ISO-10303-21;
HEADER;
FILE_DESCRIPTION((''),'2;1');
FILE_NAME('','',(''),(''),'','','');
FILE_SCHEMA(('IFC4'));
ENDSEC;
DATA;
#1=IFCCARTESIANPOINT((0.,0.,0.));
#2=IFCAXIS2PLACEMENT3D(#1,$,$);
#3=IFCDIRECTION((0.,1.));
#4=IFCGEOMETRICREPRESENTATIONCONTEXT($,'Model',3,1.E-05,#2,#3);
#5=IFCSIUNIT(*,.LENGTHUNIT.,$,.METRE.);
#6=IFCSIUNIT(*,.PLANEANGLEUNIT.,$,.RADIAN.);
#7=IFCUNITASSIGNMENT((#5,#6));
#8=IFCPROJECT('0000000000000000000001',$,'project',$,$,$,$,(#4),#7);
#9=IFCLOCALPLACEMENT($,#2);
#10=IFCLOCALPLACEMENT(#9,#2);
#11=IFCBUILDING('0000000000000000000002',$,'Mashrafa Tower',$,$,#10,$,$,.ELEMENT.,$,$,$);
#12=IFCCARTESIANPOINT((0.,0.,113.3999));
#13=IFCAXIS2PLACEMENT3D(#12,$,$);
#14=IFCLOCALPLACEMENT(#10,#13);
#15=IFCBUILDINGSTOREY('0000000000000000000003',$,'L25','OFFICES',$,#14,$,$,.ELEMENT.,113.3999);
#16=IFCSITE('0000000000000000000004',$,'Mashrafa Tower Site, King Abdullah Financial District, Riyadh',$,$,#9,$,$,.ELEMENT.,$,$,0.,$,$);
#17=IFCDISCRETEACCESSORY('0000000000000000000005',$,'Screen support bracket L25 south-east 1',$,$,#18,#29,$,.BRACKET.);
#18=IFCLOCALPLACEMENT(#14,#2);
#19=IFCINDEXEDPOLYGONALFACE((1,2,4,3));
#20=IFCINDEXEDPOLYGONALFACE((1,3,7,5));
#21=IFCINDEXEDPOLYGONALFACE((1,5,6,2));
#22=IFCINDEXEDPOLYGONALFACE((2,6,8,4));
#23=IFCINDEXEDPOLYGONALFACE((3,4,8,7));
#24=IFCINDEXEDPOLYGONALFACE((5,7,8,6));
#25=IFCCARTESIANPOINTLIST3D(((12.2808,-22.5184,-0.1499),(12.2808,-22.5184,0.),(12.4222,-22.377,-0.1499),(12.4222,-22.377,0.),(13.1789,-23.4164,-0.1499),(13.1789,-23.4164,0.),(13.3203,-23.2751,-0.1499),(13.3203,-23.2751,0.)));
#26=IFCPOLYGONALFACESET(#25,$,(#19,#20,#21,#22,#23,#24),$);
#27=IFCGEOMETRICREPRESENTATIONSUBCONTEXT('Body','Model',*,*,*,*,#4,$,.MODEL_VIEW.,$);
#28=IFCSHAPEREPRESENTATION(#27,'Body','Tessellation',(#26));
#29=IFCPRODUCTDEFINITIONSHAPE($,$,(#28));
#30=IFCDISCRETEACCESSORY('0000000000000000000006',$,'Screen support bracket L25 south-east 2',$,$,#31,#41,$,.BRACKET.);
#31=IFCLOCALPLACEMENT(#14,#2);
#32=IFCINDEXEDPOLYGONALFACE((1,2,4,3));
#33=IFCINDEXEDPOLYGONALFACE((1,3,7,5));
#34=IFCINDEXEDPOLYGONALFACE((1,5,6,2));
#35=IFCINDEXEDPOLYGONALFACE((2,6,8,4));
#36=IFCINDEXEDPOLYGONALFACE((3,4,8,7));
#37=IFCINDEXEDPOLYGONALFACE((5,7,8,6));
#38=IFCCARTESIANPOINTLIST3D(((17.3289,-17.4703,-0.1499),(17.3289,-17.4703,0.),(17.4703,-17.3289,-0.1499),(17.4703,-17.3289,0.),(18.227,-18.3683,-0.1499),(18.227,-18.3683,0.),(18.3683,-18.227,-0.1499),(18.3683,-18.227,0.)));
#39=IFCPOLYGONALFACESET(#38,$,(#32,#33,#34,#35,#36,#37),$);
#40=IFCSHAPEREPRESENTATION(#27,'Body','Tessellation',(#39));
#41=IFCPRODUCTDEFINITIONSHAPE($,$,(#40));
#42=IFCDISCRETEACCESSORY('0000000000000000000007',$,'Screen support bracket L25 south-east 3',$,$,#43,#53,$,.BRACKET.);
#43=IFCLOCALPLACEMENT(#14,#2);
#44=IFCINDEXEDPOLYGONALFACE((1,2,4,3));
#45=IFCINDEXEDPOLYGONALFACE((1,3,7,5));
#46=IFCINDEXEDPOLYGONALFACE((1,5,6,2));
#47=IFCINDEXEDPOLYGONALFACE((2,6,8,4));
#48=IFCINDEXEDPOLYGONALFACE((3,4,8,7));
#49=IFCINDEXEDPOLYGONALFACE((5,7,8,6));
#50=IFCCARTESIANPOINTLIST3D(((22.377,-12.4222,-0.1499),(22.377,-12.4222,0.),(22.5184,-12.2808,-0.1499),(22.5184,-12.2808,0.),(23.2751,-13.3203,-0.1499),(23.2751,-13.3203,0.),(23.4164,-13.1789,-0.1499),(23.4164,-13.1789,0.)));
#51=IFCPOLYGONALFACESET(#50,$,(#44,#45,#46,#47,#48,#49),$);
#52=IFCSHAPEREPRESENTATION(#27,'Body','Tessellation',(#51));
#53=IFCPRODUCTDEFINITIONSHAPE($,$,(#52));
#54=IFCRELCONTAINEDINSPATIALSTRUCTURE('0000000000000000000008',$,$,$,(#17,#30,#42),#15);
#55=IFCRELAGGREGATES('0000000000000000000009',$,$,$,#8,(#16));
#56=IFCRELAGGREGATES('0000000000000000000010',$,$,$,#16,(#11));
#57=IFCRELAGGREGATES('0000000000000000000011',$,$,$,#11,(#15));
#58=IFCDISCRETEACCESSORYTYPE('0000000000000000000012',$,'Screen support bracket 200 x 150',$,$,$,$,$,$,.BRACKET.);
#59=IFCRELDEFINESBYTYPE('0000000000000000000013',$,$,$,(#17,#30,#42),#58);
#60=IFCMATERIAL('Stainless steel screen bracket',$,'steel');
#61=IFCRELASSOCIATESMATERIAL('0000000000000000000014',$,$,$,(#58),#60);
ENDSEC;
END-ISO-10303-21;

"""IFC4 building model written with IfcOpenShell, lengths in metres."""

from ifc_helpers import new_model, si_unit, direction, frame, origin, origin_2d, place, context, subcontext, project, spatial, rectangle, extrude, source, transform, mapped, material, type_object, type_shapes, element, save


model = new_model("IFC4")

# Units and contexts
model_context = context("Model", 3, precision=1e-05, world=origin(), true_north=direction((0.0, 1.0)))
body_context = subcontext(model_context, "Body", "Model", "MODEL_VIEW")
ifc_project = project(units=[si_unit("LENGTHUNIT", "METRE"), si_unit("PLANEANGLEUNIT", "RADIAN")], contexts=[model_context])

# Site, building, storey
site_placement = place(None, origin())
site = spatial("IfcSite", under=ifc_project, at=site_placement, Name="Mashrafa Tower Site, King Abdullah Financial District, Riyadh", CompositionType="ELEMENT", RefElevation=0.0)
building_placement = place(site_placement, origin())
building = spatial("IfcBuilding", under=site, at=building_placement, Name="Mashrafa Tower", CompositionType="ELEMENT")
storey_placement = place(building_placement, frame((0.0, 0.0, 113.3999)))
storey = spatial("IfcBuildingStorey", under=building, at=storey_placement, Name="L25", Description="OFFICES", CompositionType="ELEMENT", Elevation=113.3999)

# Discrete accessories
ifc_material_1 = material(Name="Stainless steel screen bracket", Category="steel")
discrete_accessory_type = type_object("IfcDiscreteAccessoryType", Name="Screen support bracket 200 x 150", PredefinedType="BRACKET", material=ifc_material_1)
shared_shape_1 = source(origin(), body_context, "Body", "SweptSolid", [
    extrude(rectangle(XDim=0.2, YDim=1.27, at=origin_2d()), origin(), (0.0, 0.0, 1.0), 0.1499),
])
type_shapes(discrete_accessory_type, [shared_shape_1])
for number, where, z_axis, x_axis, name in (
    (1, (12.8005, -22.8967, -0.1499), (0.0, 0.0, 1.0), (0.707107, 0.707107, 0.0), "Screen support bracket L25 south-east 1"),
    (2, (17.8486, -17.8486, -0.1499), (0.0, 0.0, 1.0), (0.707107, 0.707107, 0.0), "Screen support bracket L25 south-east 2"),
    (3, (22.8967, -12.8005, -0.1499), (0.0, 0.0, 1.0), (0.707107, 0.707107, 0.0), "Screen support bracket L25 south-east 3"),
):
    element("IfcDiscreteAccessory", number, at=place(storey_placement, frame(where, z_axis=z_axis, x_axis=x_axis)), inside=storey, type_object=discrete_accessory_type, Name=name, PredefinedType="BRACKET", context=body_context, shape_type="MappedRepresentation", body=[
        mapped(shared_shape_1, transform((0.0, 0.0, 0.0))),
    ])

save(model, "model.ifc")
